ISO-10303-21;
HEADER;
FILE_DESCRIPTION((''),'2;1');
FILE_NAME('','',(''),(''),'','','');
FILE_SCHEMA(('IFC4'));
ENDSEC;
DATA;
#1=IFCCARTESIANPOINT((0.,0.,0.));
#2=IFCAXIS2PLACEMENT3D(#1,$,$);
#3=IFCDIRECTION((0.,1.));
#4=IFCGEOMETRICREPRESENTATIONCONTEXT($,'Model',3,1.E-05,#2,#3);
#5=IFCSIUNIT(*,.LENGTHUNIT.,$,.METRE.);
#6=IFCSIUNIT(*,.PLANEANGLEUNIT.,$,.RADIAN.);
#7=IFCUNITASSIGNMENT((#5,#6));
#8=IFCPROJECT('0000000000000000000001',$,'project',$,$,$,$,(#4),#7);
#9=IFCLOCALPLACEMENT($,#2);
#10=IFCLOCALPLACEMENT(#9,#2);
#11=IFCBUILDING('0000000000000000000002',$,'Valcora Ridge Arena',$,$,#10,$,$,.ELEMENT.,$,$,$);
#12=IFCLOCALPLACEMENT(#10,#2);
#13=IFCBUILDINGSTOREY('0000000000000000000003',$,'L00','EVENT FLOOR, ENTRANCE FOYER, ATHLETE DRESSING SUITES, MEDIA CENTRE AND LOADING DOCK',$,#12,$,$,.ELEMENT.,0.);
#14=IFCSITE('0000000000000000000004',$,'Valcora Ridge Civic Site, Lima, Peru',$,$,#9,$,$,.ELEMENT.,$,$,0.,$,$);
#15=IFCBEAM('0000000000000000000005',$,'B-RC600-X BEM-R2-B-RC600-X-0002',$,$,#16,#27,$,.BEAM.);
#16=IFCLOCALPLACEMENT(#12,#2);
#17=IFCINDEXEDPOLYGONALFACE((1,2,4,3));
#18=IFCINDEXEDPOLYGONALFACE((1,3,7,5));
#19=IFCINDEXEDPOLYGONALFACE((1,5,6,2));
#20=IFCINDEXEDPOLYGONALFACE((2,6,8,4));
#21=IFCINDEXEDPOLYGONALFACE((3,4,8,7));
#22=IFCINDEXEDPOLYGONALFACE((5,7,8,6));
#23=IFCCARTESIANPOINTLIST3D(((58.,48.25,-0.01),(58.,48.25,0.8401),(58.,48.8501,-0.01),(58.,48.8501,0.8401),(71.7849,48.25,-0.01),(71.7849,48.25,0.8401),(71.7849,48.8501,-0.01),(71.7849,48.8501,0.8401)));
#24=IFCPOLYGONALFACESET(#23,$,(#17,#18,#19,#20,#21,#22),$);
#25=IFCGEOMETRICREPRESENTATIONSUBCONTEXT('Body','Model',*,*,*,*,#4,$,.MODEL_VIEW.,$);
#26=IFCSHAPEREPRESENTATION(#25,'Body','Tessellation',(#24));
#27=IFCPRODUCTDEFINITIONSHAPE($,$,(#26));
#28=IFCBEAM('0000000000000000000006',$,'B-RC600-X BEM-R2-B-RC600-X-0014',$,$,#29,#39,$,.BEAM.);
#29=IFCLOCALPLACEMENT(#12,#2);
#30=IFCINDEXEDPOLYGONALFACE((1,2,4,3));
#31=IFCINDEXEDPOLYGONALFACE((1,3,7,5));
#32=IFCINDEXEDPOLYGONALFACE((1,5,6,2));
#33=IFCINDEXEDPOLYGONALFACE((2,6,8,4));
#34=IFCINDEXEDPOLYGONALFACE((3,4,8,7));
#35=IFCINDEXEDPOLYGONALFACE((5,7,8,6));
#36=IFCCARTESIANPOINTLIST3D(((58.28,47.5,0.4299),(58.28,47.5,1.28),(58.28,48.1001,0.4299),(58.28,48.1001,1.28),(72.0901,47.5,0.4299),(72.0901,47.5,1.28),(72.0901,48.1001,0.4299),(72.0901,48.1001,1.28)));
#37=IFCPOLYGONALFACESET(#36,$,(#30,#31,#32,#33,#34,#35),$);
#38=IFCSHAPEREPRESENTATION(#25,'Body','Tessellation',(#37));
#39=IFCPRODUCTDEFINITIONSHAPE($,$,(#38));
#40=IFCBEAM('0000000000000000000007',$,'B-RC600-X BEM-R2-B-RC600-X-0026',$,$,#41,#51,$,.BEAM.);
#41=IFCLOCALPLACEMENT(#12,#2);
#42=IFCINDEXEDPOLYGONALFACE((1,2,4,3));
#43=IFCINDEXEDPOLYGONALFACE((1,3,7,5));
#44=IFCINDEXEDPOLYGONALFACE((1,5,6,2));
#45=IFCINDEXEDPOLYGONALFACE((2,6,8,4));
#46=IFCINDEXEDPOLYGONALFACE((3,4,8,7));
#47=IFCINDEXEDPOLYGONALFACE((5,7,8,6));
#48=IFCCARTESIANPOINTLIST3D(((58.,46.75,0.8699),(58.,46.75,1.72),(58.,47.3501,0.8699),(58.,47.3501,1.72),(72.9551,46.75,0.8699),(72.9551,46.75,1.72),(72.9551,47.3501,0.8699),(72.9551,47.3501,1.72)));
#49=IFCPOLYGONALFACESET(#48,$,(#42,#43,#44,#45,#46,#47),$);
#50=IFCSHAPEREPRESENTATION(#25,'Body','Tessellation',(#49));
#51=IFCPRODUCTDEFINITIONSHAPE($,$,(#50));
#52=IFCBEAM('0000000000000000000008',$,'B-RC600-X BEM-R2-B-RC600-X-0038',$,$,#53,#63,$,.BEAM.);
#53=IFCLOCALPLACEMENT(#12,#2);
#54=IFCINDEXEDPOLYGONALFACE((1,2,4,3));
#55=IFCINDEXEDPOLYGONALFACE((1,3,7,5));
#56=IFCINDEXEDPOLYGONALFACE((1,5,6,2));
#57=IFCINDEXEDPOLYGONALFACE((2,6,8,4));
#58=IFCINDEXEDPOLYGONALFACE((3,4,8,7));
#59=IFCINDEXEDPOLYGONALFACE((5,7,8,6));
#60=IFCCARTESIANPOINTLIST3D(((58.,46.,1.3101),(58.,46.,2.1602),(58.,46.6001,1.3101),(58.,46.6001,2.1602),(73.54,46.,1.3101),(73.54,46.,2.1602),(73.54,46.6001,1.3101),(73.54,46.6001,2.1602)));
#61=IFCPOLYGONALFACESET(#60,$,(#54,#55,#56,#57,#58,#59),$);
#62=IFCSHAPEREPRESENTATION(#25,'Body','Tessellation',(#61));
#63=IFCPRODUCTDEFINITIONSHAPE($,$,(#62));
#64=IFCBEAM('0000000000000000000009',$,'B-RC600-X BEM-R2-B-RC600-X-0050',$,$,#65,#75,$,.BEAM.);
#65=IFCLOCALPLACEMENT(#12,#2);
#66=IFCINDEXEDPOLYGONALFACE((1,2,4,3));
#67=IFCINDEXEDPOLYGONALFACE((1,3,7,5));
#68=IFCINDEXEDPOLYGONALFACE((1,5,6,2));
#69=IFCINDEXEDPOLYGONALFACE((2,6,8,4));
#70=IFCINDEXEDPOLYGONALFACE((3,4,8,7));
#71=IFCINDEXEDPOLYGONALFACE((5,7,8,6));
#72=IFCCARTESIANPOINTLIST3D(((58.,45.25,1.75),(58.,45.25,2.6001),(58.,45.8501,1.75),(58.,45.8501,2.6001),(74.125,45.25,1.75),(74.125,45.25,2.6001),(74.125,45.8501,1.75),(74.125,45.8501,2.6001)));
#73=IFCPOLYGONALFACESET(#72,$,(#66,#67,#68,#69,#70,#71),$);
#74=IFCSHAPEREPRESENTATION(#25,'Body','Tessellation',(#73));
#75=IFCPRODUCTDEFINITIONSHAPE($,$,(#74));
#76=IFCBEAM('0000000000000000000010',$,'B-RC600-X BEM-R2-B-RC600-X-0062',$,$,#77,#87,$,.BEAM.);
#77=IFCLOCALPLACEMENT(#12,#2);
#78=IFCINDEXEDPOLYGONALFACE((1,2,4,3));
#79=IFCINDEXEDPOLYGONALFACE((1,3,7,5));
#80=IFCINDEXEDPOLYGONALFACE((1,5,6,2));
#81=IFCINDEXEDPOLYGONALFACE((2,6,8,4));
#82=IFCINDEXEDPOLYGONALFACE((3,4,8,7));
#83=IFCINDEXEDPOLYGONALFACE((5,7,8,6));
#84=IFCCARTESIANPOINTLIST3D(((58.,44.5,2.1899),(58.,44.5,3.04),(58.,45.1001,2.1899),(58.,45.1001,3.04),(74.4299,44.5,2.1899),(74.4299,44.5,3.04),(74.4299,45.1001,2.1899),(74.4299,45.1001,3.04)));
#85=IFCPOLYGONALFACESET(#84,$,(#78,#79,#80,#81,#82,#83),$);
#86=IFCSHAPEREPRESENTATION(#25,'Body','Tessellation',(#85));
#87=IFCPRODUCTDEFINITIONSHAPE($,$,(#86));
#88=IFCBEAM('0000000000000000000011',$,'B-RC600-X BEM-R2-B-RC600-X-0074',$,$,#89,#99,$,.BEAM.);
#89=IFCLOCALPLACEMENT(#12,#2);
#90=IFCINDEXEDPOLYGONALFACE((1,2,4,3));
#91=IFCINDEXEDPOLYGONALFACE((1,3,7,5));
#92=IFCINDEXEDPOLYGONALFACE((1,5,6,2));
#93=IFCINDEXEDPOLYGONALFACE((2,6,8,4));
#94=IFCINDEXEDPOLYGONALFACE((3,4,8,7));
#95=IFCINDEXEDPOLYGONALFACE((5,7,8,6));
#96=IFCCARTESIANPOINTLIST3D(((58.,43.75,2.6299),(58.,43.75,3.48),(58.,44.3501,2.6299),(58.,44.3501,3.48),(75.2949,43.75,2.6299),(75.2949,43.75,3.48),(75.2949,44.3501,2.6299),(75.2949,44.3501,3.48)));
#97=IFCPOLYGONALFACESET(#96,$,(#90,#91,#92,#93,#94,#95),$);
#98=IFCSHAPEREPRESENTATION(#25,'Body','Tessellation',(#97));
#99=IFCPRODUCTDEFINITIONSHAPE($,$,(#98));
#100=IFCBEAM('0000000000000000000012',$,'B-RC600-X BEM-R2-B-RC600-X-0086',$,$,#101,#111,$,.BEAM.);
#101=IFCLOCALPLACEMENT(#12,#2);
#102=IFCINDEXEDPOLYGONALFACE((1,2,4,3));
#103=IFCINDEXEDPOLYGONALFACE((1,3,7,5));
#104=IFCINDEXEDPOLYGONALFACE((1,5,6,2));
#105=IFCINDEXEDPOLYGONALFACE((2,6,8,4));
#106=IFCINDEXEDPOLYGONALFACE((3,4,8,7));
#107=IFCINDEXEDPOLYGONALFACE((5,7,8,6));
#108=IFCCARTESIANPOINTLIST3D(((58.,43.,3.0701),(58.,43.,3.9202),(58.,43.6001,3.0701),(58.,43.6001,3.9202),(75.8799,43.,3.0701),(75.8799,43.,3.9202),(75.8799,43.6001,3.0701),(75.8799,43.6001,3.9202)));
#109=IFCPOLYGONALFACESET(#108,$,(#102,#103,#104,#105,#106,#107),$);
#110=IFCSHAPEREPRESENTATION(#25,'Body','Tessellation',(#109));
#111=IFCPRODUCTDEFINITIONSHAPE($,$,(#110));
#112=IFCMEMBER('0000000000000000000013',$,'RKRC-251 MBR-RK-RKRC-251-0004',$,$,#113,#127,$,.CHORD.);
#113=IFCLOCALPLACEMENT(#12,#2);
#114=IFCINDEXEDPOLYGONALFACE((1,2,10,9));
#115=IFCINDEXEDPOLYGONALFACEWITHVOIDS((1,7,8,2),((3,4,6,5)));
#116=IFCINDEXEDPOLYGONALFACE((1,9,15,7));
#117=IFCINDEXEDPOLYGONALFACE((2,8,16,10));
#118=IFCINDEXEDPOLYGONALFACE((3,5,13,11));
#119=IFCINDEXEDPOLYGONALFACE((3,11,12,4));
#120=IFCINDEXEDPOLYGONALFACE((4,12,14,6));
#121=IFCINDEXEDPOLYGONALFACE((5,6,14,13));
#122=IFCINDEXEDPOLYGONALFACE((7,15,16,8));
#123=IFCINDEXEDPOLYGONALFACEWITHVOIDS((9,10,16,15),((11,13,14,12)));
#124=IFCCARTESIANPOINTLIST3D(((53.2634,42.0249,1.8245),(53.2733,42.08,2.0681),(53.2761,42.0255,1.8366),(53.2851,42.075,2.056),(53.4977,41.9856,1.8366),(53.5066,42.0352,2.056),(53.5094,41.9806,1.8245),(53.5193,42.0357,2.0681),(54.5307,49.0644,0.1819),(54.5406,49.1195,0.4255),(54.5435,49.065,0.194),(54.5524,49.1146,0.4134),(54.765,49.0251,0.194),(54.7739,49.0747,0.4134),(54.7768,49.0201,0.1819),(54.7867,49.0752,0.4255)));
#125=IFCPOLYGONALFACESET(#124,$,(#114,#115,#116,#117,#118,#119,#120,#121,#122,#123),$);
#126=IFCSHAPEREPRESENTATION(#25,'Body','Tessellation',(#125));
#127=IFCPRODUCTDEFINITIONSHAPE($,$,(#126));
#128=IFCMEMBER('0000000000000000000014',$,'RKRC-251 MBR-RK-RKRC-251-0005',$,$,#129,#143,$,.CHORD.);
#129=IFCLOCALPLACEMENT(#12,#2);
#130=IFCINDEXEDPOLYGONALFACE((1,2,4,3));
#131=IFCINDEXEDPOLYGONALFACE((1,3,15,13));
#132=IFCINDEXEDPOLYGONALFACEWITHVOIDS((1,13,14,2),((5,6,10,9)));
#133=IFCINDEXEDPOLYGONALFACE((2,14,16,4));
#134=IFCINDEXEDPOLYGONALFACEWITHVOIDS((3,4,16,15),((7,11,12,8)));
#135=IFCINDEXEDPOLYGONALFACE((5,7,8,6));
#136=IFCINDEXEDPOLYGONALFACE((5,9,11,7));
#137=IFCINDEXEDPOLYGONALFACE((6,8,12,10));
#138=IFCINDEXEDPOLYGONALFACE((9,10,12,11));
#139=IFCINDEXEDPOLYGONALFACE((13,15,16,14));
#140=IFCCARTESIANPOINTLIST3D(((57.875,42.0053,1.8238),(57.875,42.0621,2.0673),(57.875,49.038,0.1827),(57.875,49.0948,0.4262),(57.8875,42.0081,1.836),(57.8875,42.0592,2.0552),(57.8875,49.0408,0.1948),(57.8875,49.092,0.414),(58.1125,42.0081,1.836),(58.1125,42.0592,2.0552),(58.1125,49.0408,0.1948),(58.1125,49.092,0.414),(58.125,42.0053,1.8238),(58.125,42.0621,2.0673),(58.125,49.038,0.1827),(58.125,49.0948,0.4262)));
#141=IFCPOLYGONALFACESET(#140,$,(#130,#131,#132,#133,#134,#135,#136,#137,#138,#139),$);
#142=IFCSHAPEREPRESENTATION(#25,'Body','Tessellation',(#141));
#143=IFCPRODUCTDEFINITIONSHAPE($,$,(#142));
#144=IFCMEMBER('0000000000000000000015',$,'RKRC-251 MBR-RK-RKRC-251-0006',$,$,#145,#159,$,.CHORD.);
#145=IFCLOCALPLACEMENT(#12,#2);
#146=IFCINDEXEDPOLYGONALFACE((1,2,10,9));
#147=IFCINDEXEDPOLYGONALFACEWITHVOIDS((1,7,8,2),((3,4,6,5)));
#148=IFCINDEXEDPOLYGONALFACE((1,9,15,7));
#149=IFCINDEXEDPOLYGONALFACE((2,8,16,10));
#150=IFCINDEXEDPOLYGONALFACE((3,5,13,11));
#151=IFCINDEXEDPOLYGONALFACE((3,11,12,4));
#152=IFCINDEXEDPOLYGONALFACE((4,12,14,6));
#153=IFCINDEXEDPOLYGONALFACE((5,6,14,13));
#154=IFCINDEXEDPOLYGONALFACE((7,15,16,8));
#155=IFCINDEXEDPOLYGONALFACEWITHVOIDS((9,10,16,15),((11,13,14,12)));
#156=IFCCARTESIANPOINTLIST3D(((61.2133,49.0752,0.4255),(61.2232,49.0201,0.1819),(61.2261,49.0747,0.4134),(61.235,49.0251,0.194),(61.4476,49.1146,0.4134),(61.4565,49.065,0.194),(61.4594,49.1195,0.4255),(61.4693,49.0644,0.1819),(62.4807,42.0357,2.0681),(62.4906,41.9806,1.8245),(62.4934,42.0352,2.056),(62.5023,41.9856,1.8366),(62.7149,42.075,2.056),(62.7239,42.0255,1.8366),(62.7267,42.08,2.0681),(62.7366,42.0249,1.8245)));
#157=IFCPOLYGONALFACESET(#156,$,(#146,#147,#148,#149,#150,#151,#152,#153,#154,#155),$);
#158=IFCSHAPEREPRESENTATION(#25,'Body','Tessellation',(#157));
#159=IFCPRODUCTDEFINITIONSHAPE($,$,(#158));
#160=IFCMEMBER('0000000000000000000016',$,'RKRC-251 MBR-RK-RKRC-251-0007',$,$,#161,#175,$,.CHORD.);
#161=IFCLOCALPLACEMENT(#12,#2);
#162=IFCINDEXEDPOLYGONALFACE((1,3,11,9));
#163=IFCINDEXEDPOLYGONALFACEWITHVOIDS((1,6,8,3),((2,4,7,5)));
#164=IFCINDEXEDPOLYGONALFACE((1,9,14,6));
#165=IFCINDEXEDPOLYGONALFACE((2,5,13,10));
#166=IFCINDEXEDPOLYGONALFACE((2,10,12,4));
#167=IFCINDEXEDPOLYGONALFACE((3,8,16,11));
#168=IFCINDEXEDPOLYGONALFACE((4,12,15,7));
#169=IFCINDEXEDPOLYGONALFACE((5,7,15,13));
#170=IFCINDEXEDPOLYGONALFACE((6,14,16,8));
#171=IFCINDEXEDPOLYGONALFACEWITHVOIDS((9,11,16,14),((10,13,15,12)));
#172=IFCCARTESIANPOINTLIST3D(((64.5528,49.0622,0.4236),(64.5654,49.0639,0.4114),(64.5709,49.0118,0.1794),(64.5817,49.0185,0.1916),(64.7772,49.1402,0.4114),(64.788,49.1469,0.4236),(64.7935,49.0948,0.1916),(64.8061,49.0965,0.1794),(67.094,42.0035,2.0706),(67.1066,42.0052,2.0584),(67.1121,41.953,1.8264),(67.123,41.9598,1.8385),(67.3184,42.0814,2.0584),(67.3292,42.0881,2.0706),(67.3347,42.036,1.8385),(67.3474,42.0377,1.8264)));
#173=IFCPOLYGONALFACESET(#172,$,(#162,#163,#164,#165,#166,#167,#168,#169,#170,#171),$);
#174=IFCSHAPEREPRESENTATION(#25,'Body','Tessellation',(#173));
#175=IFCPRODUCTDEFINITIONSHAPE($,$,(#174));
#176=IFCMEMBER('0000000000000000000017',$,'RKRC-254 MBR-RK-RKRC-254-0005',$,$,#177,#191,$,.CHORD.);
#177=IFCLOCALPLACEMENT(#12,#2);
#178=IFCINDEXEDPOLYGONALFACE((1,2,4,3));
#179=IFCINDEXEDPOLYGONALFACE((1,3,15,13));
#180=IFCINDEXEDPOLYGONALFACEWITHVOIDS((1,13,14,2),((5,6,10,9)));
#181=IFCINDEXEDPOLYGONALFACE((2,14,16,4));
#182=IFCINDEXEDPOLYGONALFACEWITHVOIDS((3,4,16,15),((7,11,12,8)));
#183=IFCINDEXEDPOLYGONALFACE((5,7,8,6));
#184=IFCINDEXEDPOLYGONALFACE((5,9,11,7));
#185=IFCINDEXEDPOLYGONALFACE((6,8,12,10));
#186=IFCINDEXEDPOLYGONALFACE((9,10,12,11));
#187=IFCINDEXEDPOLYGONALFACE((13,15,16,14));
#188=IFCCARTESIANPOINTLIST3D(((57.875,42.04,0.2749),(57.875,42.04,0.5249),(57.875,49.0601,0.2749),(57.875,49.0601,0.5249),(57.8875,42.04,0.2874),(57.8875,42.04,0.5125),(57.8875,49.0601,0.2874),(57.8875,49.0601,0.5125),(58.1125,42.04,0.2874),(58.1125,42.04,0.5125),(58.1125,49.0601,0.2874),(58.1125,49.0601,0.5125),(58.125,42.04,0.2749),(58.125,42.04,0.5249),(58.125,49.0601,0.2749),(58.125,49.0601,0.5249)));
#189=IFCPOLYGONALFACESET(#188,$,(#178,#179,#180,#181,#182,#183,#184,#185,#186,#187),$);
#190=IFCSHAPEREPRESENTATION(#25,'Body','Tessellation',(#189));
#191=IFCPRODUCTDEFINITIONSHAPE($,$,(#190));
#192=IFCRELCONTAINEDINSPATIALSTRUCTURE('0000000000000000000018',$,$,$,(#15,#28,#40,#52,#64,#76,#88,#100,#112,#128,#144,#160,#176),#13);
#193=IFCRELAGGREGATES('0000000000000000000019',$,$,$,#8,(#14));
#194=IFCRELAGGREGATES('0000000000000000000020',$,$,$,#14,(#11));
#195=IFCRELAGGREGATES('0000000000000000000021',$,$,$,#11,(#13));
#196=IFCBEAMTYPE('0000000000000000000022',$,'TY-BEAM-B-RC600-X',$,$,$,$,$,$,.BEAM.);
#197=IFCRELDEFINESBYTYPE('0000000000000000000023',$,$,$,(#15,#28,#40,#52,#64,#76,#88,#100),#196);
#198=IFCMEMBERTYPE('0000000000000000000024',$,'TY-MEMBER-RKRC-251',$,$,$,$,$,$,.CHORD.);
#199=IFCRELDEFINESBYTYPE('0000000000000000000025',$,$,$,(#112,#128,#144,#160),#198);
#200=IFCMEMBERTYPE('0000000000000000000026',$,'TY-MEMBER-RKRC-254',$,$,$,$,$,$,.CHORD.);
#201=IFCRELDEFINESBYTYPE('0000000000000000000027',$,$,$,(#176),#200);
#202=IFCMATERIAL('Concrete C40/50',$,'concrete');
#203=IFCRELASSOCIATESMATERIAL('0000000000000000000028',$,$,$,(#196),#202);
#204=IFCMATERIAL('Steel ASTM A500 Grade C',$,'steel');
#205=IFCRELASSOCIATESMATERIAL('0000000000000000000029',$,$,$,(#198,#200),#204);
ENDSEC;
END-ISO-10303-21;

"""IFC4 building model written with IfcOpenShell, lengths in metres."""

from ifc_helpers import new_model, si_unit, direction, frame, origin, origin_2d, place, context, subcontext, project, spatial, rectangle, hollow_rectangle, extrude, material, material_profile, profile_set, type_object, element, save


model = new_model("IFC4")

# Units and contexts
model_context = context("Model", 3, precision=1e-05, world=origin(), true_north=direction((0.0, 1.0)))
body_context = subcontext(model_context, "Body", "Model", "MODEL_VIEW")
ifc_project = project(units=[si_unit("LENGTHUNIT", "METRE"), si_unit("PLANEANGLEUNIT", "RADIAN")], contexts=[model_context])

# Site, building, storey
site_placement = place(None, origin())
site = spatial("IfcSite", under=ifc_project, at=site_placement, Name="Valcora Ridge Civic Site, Lima, Peru", CompositionType="ELEMENT", RefElevation=0.0)
building_placement = place(site_placement, origin())
building = spatial("IfcBuilding", under=site, at=building_placement, Name="Valcora Ridge Arena", CompositionType="ELEMENT")
storey_placement = place(building_placement, origin())
storey = spatial("IfcBuildingStorey", under=building, at=storey_placement, Name="L00", Description="EVENT FLOOR, ENTRANCE FOYER, ATHLETE DRESSING SUITES, MEDIA CENTRE AND LOADING DOCK", CompositionType="ELEMENT", Elevation=0.0)

# Shared definitions
ifc_material_1 = material(Name="Concrete C40/50", Category="concrete")

# Beams
ifc_material_profile_1 = material_profile(ifc_material_1, rectangle(XDim=0.6001, YDim=0.8501, at=origin_2d()), Name="RC 600x850")
ifc_profile_set_1 = profile_set([ifc_material_profile_1], Name="Concrete C40/50")
beam_type = type_object("IfcBeamType", Name="TY-BEAM-B-RC600-X", PredefinedType="BEAM", material=ifc_profile_set_1)
beam_1_placement = place(storey_placement, frame((58.0, 48.55, 0.415), z_axis=(1.0, 0.0, 0.0), x_axis=(0.0, 1.0, 0.0)))
element("IfcBeam", 1, at=beam_1_placement, inside=storey, type_object=beam_type, Name="B-RC600-X BEM-R2-B-RC600-X-0002", PredefinedType="BEAM", context=body_context, shape_type="SweptSolid", body=[
    extrude(rectangle(XDim=0.6001, YDim=0.8501, at=origin_2d()), origin(), (0.0, 0.0, 1.0), 13.7849),
])
beam_2_placement = place(storey_placement, frame((58.28, 47.8, 0.855), z_axis=(1.0, 0.0, 0.0), x_axis=(0.0, 1.0, 0.0)))
element("IfcBeam", 2, at=beam_2_placement, inside=storey, type_object=beam_type, Name="B-RC600-X BEM-R2-B-RC600-X-0014", PredefinedType="BEAM", context=body_context, shape_type="SweptSolid", body=[
    extrude(rectangle(XDim=0.6001, YDim=0.8501, at=origin_2d()), origin(), (0.0, 0.0, 1.0), 13.8101),
])
beam_3_placement = place(storey_placement, frame((58.0, 47.05, 1.2949), z_axis=(1.0, 0.0, 0.0), x_axis=(0.0, 1.0, 0.0)))
element("IfcBeam", 3, at=beam_3_placement, inside=storey, type_object=beam_type, Name="B-RC600-X BEM-R2-B-RC600-X-0026", PredefinedType="BEAM", context=body_context, shape_type="SweptSolid", body=[
    extrude(rectangle(XDim=0.6001, YDim=0.8501, at=origin_2d()), origin(), (0.0, 0.0, 1.0), 14.9551),
])
beam_4_placement = place(storey_placement, frame((58.0, 46.3, 1.7351), z_axis=(1.0, 0.0, 0.0), x_axis=(0.0, 1.0, 0.0)))
element("IfcBeam", 4, at=beam_4_placement, inside=storey, type_object=beam_type, Name="B-RC600-X BEM-R2-B-RC600-X-0038", PredefinedType="BEAM", context=body_context, shape_type="SweptSolid", body=[
    extrude(rectangle(XDim=0.6001, YDim=0.8501, at=origin_2d()), origin(), (0.0, 0.0, 1.0), 15.54),
])
beam_5_placement = place(storey_placement, frame((58.0, 45.55, 2.175), z_axis=(1.0, 0.0, 0.0), x_axis=(0.0, 1.0, 0.0)))
element("IfcBeam", 5, at=beam_5_placement, inside=storey, type_object=beam_type, Name="B-RC600-X BEM-R2-B-RC600-X-0050", PredefinedType="BEAM", context=body_context, shape_type="SweptSolid", body=[
    extrude(rectangle(XDim=0.6001, YDim=0.8501, at=origin_2d()), origin(), (0.0, 0.0, 1.0), 16.125),
])
beam_6_placement = place(storey_placement, frame((58.0, 44.8, 2.615), z_axis=(1.0, 0.0, 0.0), x_axis=(0.0, 1.0, 0.0)))
element("IfcBeam", 6, at=beam_6_placement, inside=storey, type_object=beam_type, Name="B-RC600-X BEM-R2-B-RC600-X-0062", PredefinedType="BEAM", context=body_context, shape_type="SweptSolid", body=[
    extrude(rectangle(XDim=0.6001, YDim=0.8501, at=origin_2d()), origin(), (0.0, 0.0, 1.0), 16.4299),
])
beam_7_placement = place(storey_placement, frame((58.0, 44.05, 3.0549), z_axis=(1.0, 0.0, 0.0), x_axis=(0.0, 1.0, 0.0)))
element("IfcBeam", 7, at=beam_7_placement, inside=storey, type_object=beam_type, Name="B-RC600-X BEM-R2-B-RC600-X-0074", PredefinedType="BEAM", context=body_context, shape_type="SweptSolid", body=[
    extrude(rectangle(XDim=0.6001, YDim=0.8501, at=origin_2d()), origin(), (0.0, 0.0, 1.0), 17.2949),
])
beam_8_placement = place(storey_placement, frame((58.0, 43.3, 3.4951), z_axis=(1.0, 0.0, 0.0), x_axis=(0.0, 1.0, 0.0)))
element("IfcBeam", 8, at=beam_8_placement, inside=storey, type_object=beam_type, Name="B-RC600-X BEM-R2-B-RC600-X-0086", PredefinedType="BEAM", context=body_context, shape_type="SweptSolid", body=[
    extrude(rectangle(XDim=0.6001, YDim=0.8501, at=origin_2d()), origin(), (0.0, 0.0, 1.0), 17.8799),
])

# Members
ifc_material_2 = material(Name="Steel ASTM A500 Grade C", Category="steel")
ifc_material_profile_2 = material_profile(ifc_material_2, hollow_rectangle(XDim=0.25, YDim=0.25, WallThickness=0.0125, at=origin_2d()), Name="HSS250X250X12")
ifc_profile_set_2 = profile_set([ifc_material_profile_2], Name="Steel ASTM A500 Grade C")
member_type_1 = type_object("IfcMemberType", Name="TY-MEMBER-RKRC-251", PredefinedType="CHORD", material=ifc_profile_set_2)
member_1_placement = place(storey_placement, frame((54.6587, 49.0698, 0.3037), z_axis=(-0.172687, -0.95921, 0.223818), x_axis=(0.984178, -0.177182, 0.0)))
element("IfcMember", 9, at=member_1_placement, inside=storey, type_object=member_type_1, Name="RKRC-251 MBR-RK-RKRC-251-0004", PredefinedType="CHORD", context=body_context, shape_type="SweptSolid", body=[
    extrude(hollow_rectangle(XDim=0.25, YDim=0.25, WallThickness=0.0125, at=origin_2d()), origin(), (0.0, 0.0, 1.0), 7.3389),
])
member_2_placement = place(storey_placement, frame((58.0, 49.0664, 0.3044), z_axis=(0.0, -0.973837, 0.227249), x_axis=(1.0, 0.0, 0.0)))
element("IfcMember", 10, at=member_2_placement, inside=storey, type_object=member_type_1, Name="RKRC-251 MBR-RK-RKRC-251-0005", PredefinedType="CHORD", context=body_context, shape_type="SweptSolid", body=[
    extrude(hollow_rectangle(XDim=0.25, YDim=0.25, WallThickness=0.0125, at=origin_2d()), origin(), (0.0, 0.0, 1.0), 7.2217),
])
member_3_placement = place(storey_placement, frame((61.3413, 49.0698, 0.3037), z_axis=(0.172687, -0.95921, 0.223818), x_axis=(0.984178, 0.177182, 0.0)))
element("IfcMember", 11, at=member_3_placement, inside=storey, type_object=member_type_1, Name="RKRC-251 MBR-RK-RKRC-251-0006", PredefinedType="CHORD", context=body_context, shape_type="SweptSolid", body=[
    extrude(hollow_rectangle(XDim=0.25, YDim=0.25, WallThickness=0.0125, at=origin_2d()), origin(), (0.0, 0.0, 1.0), 7.3389),
])
member_4_placement = place(storey_placement, frame((64.6794, 49.0793, 0.3015), z_axis=(0.33085, -0.919, 0.214422), x_axis=(0.940884, 0.338729, 0.0)))
element("IfcMember", 12, at=member_4_placement, inside=storey, type_object=member_type_1, Name="RKRC-251 MBR-RK-RKRC-251-0007", PredefinedType="CHORD", context=body_context, shape_type="SweptSolid", body=[
    extrude(hollow_rectangle(XDim=0.25, YDim=0.25, WallThickness=0.0125, at=origin_2d()), origin(), (0.0, 0.0, 1.0), 7.6809),
])
ifc_material_profile_3 = material_profile(ifc_material_2, hollow_rectangle(XDim=0.25, YDim=0.25, WallThickness=0.0125, at=origin_2d()), Name="HSS250X250X12")
ifc_profile_set_3 = profile_set([ifc_material_profile_3], Name="Steel ASTM A500 Grade C")
member_type_2 = type_object("IfcMemberType", Name="TY-MEMBER-RKRC-254", PredefinedType="CHORD", material=ifc_profile_set_3)
member_5_placement = place(storey_placement, frame((58.0, 49.0601, 0.3999), z_axis=(0.0, -1.0, 0.0), x_axis=(1.0, 0.0, 0.0)))
element("IfcMember", 13, at=member_5_placement, inside=storey, type_object=member_type_2, Name="RKRC-254 MBR-RK-RKRC-254-0005", PredefinedType="CHORD", context=body_context, shape_type="SweptSolid", body=[
    extrude(hollow_rectangle(XDim=0.25, YDim=0.25, WallThickness=0.0125, at=origin_2d()), origin(), (0.0, 0.0, 1.0), 7.02),
])

save(model, "model.ifc")
